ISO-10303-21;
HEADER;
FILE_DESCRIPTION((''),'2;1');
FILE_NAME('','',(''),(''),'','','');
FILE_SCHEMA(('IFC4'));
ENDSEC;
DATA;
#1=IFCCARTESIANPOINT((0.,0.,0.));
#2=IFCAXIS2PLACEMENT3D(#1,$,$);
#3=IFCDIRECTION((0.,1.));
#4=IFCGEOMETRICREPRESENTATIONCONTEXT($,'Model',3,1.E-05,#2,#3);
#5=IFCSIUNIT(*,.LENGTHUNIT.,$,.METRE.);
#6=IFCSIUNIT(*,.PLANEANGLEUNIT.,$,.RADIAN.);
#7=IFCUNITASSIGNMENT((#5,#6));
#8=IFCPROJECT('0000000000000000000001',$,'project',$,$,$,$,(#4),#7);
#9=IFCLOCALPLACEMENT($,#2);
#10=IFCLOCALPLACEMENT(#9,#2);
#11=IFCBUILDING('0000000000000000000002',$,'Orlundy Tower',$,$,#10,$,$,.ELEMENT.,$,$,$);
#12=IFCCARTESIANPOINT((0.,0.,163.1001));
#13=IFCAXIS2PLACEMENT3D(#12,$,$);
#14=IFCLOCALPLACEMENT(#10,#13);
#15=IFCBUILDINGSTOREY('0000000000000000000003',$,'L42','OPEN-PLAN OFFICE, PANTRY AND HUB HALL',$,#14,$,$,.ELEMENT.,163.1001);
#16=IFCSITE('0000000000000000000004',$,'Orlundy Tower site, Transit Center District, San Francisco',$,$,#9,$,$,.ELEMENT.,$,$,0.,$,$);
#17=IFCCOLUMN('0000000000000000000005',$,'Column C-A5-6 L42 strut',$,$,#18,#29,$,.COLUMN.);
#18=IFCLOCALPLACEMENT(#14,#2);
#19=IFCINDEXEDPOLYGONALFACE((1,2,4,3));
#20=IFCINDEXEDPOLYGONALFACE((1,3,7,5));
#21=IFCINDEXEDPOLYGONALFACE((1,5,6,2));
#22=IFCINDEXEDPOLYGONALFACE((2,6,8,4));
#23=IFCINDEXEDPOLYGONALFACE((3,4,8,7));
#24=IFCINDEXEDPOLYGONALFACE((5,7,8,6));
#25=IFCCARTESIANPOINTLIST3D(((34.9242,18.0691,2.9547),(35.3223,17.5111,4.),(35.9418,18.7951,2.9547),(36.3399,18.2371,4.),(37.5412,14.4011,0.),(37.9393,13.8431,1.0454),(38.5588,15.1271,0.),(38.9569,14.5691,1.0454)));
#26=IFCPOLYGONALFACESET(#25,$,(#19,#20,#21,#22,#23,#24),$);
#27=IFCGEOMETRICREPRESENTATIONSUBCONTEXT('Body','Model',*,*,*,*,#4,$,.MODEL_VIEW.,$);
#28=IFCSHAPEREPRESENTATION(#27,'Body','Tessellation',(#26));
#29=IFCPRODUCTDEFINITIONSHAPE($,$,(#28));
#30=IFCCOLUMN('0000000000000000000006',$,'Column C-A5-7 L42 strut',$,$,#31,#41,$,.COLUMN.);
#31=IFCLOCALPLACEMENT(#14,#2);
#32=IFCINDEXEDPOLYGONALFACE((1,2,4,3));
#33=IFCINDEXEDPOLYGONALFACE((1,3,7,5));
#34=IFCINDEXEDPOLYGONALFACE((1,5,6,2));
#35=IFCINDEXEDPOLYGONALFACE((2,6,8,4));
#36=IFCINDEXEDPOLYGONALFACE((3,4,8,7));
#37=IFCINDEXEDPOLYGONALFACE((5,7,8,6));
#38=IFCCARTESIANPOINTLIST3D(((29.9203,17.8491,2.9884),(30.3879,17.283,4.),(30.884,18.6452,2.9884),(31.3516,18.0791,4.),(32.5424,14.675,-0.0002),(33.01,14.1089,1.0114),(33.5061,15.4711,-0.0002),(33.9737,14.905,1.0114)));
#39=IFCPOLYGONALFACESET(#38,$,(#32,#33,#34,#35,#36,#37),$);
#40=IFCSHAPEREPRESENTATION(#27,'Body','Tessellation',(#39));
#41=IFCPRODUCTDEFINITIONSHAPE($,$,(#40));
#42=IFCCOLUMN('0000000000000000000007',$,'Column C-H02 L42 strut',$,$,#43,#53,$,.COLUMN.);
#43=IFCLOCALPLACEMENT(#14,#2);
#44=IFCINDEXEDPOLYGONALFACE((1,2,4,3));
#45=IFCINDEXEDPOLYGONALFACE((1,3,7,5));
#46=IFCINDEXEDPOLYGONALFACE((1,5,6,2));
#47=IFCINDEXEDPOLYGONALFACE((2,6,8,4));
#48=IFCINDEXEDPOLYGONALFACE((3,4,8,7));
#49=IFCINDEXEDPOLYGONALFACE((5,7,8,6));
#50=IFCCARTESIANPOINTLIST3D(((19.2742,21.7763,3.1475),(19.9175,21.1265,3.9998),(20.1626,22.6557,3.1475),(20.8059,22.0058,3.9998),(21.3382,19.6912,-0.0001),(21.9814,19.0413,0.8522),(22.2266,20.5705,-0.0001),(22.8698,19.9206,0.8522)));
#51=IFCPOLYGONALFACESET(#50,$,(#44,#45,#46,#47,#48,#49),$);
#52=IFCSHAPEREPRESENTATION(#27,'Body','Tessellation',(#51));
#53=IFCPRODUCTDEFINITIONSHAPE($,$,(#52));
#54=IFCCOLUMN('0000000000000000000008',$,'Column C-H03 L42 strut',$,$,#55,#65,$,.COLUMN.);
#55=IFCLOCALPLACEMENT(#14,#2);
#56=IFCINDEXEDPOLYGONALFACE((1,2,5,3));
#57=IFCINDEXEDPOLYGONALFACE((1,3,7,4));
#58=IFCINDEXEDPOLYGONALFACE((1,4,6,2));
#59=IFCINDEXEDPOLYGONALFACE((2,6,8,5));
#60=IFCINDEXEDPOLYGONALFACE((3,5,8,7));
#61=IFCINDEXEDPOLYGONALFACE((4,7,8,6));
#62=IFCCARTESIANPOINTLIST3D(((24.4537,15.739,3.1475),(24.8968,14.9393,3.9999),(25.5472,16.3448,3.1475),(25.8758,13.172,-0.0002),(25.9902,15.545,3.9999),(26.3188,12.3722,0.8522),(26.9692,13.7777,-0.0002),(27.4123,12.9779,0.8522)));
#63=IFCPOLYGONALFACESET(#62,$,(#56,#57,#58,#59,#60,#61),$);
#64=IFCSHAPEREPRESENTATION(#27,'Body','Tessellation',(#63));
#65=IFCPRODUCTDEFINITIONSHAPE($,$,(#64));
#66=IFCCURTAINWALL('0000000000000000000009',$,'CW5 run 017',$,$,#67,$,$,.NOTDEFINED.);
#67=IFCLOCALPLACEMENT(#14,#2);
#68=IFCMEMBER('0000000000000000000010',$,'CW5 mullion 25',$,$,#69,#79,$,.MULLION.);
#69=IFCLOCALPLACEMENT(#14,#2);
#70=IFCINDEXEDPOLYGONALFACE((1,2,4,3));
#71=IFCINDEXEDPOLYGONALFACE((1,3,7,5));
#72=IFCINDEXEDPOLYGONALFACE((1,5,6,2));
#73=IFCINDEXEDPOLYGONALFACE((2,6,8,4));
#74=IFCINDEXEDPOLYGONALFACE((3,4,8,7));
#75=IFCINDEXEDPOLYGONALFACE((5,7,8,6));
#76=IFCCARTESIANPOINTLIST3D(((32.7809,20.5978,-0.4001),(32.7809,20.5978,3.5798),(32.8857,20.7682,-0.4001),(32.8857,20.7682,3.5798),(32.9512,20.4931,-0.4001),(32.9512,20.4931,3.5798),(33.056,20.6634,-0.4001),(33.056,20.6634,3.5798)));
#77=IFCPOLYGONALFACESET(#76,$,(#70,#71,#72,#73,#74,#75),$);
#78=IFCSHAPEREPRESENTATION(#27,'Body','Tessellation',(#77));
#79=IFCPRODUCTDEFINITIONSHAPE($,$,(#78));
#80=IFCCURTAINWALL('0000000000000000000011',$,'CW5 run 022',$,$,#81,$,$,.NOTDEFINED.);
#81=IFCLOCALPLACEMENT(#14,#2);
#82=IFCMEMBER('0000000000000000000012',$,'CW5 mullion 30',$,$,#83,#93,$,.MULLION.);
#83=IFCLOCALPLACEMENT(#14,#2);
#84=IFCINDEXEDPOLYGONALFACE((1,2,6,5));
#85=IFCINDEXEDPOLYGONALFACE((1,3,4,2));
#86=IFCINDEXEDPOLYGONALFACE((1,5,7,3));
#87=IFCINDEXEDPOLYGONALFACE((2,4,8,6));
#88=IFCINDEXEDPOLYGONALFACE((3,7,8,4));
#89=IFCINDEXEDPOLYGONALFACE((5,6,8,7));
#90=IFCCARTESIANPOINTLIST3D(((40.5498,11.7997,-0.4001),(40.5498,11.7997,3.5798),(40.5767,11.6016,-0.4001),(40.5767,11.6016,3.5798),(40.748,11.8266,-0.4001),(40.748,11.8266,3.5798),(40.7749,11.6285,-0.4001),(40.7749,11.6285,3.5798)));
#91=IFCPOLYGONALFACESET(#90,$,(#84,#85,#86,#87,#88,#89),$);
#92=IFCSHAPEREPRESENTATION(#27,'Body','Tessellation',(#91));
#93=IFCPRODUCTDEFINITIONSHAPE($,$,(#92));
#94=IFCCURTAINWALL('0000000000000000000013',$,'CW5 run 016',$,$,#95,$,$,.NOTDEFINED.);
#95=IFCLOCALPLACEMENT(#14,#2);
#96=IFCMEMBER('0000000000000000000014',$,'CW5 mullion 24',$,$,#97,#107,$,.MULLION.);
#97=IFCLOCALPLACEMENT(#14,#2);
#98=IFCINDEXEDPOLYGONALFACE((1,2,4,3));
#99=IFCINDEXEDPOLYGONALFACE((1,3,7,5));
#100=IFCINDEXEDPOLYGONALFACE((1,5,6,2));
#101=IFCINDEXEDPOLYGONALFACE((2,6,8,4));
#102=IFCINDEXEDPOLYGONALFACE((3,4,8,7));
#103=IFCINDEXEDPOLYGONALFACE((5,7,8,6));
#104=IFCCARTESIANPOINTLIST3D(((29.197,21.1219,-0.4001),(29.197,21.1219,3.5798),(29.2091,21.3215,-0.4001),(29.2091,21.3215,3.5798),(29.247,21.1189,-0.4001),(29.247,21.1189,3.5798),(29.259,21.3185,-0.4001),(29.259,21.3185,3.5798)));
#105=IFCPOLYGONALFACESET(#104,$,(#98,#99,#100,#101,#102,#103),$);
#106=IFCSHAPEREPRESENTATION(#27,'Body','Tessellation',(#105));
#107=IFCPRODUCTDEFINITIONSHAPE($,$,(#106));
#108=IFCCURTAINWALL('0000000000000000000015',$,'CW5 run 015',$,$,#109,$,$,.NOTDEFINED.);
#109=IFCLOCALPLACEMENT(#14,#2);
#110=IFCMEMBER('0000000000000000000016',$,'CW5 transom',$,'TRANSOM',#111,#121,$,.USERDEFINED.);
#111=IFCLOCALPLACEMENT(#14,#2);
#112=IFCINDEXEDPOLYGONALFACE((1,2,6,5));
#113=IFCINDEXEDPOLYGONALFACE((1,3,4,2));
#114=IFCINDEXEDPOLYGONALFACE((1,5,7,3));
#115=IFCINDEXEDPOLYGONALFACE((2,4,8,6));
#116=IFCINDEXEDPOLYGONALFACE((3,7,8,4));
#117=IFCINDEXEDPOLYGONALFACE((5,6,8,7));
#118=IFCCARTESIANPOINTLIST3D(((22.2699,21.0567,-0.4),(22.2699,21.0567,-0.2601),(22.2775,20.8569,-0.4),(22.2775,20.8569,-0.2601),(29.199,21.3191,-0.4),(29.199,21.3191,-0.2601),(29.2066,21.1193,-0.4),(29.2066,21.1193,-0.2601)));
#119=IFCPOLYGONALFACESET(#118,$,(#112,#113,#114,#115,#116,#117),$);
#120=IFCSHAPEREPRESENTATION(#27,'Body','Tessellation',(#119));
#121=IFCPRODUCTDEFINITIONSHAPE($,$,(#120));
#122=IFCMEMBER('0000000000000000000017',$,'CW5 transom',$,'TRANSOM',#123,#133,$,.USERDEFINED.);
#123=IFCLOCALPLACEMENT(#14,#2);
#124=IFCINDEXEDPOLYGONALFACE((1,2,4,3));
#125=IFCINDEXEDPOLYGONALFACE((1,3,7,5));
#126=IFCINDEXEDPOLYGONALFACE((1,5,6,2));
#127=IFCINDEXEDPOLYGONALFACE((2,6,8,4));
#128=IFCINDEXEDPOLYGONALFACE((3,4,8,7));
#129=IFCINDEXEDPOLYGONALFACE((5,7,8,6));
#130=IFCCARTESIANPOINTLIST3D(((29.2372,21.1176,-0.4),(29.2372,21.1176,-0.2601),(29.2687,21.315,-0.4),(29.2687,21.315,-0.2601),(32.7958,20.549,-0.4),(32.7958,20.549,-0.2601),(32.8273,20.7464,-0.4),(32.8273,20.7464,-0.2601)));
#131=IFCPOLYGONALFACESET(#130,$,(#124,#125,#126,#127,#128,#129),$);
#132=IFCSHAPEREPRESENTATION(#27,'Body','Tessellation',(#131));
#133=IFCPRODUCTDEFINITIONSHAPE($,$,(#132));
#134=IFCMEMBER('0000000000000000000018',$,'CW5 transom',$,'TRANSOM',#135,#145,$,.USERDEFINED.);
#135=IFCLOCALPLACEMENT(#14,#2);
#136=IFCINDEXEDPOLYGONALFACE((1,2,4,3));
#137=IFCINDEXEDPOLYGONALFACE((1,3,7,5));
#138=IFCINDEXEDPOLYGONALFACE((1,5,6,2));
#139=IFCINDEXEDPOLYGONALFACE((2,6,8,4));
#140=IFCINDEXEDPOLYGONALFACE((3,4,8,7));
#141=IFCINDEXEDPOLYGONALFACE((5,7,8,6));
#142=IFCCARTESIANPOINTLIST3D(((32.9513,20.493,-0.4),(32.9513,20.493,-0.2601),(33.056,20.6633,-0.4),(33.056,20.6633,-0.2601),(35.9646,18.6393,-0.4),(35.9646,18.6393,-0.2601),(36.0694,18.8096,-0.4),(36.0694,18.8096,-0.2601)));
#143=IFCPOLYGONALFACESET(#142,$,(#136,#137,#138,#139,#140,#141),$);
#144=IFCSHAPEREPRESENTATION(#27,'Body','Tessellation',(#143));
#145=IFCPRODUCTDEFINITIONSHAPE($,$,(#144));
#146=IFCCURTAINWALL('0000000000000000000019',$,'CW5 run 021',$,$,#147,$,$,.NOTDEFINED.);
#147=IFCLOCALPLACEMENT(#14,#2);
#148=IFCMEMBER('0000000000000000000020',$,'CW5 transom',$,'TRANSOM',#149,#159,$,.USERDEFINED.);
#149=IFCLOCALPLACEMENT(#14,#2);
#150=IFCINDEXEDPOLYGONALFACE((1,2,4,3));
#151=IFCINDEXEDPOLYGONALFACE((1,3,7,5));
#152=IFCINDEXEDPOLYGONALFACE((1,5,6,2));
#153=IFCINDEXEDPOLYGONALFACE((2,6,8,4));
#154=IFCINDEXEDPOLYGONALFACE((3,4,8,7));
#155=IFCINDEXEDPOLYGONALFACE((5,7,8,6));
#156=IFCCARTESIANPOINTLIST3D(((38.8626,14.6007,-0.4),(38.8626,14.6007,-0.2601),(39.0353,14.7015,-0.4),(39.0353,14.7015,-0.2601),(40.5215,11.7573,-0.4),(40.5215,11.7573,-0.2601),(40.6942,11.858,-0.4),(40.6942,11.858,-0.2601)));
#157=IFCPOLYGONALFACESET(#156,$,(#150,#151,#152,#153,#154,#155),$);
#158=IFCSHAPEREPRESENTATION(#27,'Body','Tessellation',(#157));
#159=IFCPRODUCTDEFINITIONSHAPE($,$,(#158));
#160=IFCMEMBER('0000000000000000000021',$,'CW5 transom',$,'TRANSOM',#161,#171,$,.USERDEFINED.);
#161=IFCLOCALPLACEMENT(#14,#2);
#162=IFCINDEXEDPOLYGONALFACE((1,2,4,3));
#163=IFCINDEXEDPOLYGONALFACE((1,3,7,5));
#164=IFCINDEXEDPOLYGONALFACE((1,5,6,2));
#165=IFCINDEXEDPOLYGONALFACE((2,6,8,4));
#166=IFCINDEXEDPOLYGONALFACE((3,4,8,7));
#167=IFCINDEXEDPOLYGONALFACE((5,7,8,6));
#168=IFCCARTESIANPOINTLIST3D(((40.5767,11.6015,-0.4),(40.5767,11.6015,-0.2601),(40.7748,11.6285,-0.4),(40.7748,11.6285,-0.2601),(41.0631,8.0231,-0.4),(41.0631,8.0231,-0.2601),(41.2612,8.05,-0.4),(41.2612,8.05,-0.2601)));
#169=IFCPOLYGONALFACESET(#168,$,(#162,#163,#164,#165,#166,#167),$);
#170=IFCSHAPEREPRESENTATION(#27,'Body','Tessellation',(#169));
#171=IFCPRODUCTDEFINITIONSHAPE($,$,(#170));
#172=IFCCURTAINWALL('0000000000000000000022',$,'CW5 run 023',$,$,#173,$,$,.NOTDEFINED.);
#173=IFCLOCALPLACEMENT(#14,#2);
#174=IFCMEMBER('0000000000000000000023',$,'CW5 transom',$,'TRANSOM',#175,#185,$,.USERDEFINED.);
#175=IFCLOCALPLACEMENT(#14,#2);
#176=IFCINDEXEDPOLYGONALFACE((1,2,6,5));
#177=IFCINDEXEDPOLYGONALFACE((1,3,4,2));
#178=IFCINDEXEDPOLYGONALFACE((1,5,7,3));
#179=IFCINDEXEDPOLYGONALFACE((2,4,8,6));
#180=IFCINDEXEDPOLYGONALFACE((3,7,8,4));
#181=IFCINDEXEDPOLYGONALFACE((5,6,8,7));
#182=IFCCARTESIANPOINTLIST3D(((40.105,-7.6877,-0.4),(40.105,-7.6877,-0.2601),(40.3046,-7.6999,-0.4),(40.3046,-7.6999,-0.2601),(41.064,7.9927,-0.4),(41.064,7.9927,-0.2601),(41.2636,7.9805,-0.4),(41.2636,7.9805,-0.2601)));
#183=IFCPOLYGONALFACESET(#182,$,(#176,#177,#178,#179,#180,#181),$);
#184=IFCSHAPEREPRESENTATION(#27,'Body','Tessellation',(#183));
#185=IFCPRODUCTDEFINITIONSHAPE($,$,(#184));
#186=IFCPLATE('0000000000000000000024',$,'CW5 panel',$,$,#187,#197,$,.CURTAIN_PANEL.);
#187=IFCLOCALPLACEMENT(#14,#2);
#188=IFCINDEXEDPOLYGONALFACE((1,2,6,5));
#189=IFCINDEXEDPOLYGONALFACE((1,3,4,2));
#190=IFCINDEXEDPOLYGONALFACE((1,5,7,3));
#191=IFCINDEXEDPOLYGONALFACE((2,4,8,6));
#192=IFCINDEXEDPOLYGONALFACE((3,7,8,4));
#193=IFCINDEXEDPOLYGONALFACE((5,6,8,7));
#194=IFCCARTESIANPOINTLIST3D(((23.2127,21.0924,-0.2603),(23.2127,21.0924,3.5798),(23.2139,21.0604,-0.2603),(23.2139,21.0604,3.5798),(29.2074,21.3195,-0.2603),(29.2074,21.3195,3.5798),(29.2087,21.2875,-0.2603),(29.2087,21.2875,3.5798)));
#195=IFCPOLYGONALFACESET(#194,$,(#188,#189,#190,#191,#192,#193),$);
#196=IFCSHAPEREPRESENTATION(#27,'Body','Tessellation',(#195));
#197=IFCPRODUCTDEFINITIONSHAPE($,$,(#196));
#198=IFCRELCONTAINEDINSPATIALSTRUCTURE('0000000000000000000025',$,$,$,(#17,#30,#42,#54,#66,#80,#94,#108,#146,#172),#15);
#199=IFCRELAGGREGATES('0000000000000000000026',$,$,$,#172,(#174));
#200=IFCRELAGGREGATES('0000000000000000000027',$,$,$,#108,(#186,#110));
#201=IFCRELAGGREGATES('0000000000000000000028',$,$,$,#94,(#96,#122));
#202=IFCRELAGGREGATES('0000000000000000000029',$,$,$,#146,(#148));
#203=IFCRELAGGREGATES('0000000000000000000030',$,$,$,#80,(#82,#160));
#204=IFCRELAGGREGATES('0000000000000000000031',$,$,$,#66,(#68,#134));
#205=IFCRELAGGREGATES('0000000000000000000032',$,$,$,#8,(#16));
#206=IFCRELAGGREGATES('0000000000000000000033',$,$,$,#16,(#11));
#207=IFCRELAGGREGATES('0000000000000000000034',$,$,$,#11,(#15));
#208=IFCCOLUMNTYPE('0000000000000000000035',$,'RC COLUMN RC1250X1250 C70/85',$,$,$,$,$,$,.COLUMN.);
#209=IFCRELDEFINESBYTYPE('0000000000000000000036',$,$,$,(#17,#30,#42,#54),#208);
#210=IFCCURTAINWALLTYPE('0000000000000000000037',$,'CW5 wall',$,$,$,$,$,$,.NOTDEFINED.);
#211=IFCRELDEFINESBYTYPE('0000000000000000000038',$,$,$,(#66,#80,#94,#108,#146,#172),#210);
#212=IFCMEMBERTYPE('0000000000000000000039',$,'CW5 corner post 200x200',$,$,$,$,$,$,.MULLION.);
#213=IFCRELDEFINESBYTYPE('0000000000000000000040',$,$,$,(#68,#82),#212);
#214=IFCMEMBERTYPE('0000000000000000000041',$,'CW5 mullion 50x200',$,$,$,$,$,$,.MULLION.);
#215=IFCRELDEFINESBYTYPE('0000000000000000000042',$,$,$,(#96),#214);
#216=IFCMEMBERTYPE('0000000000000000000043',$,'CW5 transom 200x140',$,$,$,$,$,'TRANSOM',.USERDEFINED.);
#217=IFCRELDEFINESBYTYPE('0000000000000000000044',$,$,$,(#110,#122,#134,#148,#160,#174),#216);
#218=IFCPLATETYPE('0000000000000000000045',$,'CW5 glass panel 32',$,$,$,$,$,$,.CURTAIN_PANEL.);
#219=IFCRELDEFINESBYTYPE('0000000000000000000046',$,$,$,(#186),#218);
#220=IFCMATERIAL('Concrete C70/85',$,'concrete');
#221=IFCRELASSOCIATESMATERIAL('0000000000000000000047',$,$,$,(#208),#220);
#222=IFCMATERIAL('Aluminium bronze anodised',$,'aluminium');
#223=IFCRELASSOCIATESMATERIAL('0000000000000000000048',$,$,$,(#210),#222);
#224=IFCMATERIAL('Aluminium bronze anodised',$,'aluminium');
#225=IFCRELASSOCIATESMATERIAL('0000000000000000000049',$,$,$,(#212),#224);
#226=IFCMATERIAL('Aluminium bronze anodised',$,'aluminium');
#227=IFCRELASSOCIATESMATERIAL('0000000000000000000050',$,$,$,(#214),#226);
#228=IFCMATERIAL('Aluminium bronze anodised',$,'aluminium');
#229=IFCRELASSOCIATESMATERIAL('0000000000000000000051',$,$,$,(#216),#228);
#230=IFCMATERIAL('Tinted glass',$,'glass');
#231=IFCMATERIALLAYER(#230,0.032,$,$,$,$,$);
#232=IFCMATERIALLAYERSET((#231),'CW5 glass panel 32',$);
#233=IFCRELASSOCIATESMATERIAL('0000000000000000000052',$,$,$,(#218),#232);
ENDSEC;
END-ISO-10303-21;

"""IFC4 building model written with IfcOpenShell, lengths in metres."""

from ifc_helpers import new_model, si_unit, direction, frame, origin, origin_2d, place, context, subcontext, project, spatial, rectangle, extrude, material, layer, layer_set, material_profile, profile_set, type_object, element, aggregate, save


model = new_model("IFC4")

# Units and contexts
model_context = context("Model", 3, precision=1e-05, world=origin(), true_north=direction((0.0, 1.0)))
body_context = subcontext(model_context, "Body", "Model", "MODEL_VIEW")
ifc_project = project(units=[si_unit("LENGTHUNIT", "METRE"), si_unit("PLANEANGLEUNIT", "RADIAN")], contexts=[model_context])

# Site, building, storey
site_placement = place(None, origin())
site = spatial("IfcSite", under=ifc_project, at=site_placement, Name="Orlundy Tower site, Transit Center District, San Francisco", CompositionType="ELEMENT", RefElevation=0.0)
building_placement = place(site_placement, origin())
building = spatial("IfcBuilding", under=site, at=building_placement, Name="Orlundy Tower", CompositionType="ELEMENT")
storey_placement = place(building_placement, frame((0.0, 0.0, 163.1001)))
storey = spatial("IfcBuildingStorey", under=building, at=storey_placement, Name="L42", Description="OPEN-PLAN OFFICE, PANTRY AND HUB HALL", CompositionType="ELEMENT", Elevation=163.1001)

# Columns
ifc_material_1 = material(Name="Concrete C70/85", Category="concrete")
ifc_material_profile_1 = material_profile(ifc_material_1, rectangle(XDim=1.25, YDim=1.25, at=origin_2d()), Name="RC1250X1250")
ifc_profile_set_1 = profile_set([ifc_material_profile_1], Name="Concrete C70/85")
column_type = type_object("IfcColumnType", Name="RC COLUMN RC1250X1250 C70/85", PredefinedType="COLUMN", material=ifc_profile_set_1)
column_1_placement = place(storey_placement, frame((38.249, 14.4851, 0.5227), z_axis=(-0.485686, 0.680749, 0.548351), x_axis=(-0.814052, -0.580792, 0.0)))
element("IfcColumn", 1, at=column_1_placement, inside=storey, type_object=column_type, Name="Column C-A5-6 L42 strut", PredefinedType="COLUMN", context=body_context, shape_type="SweptSolid", body=[
    extrude(rectangle(XDim=1.25, YDim=1.25, at=origin_2d()), origin(), (0.0, 0.0, 1.0), 5.3882),
])
column_2_placement = place(storey_placement, frame((33.2581, 14.79, 0.5056), z_axis=(-0.515408, 0.623913, 0.587441), x_axis=(-0.77096, -0.636883, 0.0)))
element("IfcColumn", 2, at=column_2_placement, inside=storey, type_object=column_type, Name="Column C-A5-7 L42 strut", PredefinedType="COLUMN", context=body_context, shape_type="SweptSolid", body=[
    extrude(rectangle(XDim=1.25, YDim=1.25, at=origin_2d()), origin(), (0.0, 0.0, 1.0), 5.0874),
])
column_3_placement = place(storey_placement, frame((22.104, 19.8059, 0.426), z_axis=(-0.479654, 0.48459, 0.731509), x_axis=(-0.710717, -0.703478, 0.0)))
element("IfcColumn", 3, at=column_3_placement, inside=storey, type_object=column_type, Name="Column C-H02 L42 strut", PredefinedType="COLUMN", context=body_context, shape_type="SweptSolid", body=[
    extrude(rectangle(XDim=1.25, YDim=1.25, at=origin_2d()), origin(), (0.0, 0.0, 1.0), 4.303),
])
column_4_placement = place(storey_placement, frame((26.644, 13.075, 0.426), z_axis=(-0.330451, 0.596514, 0.731418), x_axis=(-0.874745, -0.484583, 0.0)))
element("IfcColumn", 4, at=column_4_placement, inside=storey, type_object=column_type, Name="Column C-H03 L42 strut", PredefinedType="COLUMN", context=body_context, shape_type="SweptSolid", body=[
    extrude(rectangle(XDim=1.25, YDim=1.25, at=origin_2d()), origin(), (0.0, 0.0, 1.0), 4.3035),
])

# Curtain walls, members
ifc_material_2 = material(Name="Aluminium bronze anodised", Category="aluminium")
curtain_wall_type = type_object("IfcCurtainWallType", Name="CW5 wall", PredefinedType="NOTDEFINED", material=ifc_material_2)
curtain_wall_1_placement = place(storey_placement, origin())
curtain_wall_1 = element("IfcCurtainWall", 5, at=curtain_wall_1_placement, inside=storey, type_object=curtain_wall_type, Name="CW5 run 017", PredefinedType="NOTDEFINED")
ifc_material_3 = material(Name="Aluminium bronze anodised", Category="aluminium")
ifc_material_profile_2 = material_profile(ifc_material_3, rectangle(XDim=0.2, YDim=0.2, at=origin_2d()), Name="CW5 corner post 200x200")
ifc_profile_set_2 = profile_set([ifc_material_profile_2], Name="Aluminium bronze anodised")
member_type_1 = type_object("IfcMemberType", Name="CW5 corner post 200x200", PredefinedType="MULLION", material=ifc_profile_set_2)
member_1_placement = place(storey_placement, frame((32.9185, 20.6306, -0.4001), z_axis=(0.0, 0.0, 1.0), x_axis=(0.523947, 0.851751, 0.0)))
member_1 = element("IfcMember", 6, at=member_1_placement, type_object=member_type_1, Name="CW5 mullion 25", PredefinedType="MULLION", context=body_context, shape_type="SweptSolid", body=[
    extrude(rectangle(XDim=0.2, YDim=0.2, at=origin_2d()), origin(), (0.0, 0.0, 1.0), 3.98),
])
curtain_wall_2_placement = place(storey_placement, origin())
curtain_wall_2 = element("IfcCurtainWall", 7, at=curtain_wall_2_placement, inside=storey, type_object=curtain_wall_type, Name="CW5 run 022", PredefinedType="NOTDEFINED")
member_2_placement = place(storey_placement, frame((40.6624, 11.7141, -0.4001), z_axis=(0.0, 0.0, 1.0), x_axis=(0.990897, 0.13462, 0.0)))
member_2 = element("IfcMember", 8, at=member_2_placement, type_object=member_type_1, Name="CW5 mullion 30", PredefinedType="MULLION", context=body_context, shape_type="SweptSolid", body=[
    extrude(rectangle(XDim=0.2, YDim=0.2, at=origin_2d()), origin(), (0.0, 0.0, 1.0), 3.98),
])
curtain_wall_3_placement = place(storey_placement, origin())
curtain_wall_3 = element("IfcCurtainWall", 9, at=curtain_wall_3_placement, inside=storey, type_object=curtain_wall_type, Name="CW5 run 016", PredefinedType="NOTDEFINED")
ifc_material_4 = material(Name="Aluminium bronze anodised", Category="aluminium")
ifc_material_profile_3 = material_profile(ifc_material_4, rectangle(XDim=0.2, YDim=0.05, at=origin_2d()), Name="CW5 mullion 50x200")
ifc_profile_set_3 = profile_set([ifc_material_profile_3], Name="Aluminium bronze anodised")
member_type_2 = type_object("IfcMemberType", Name="CW5 mullion 50x200", PredefinedType="MULLION", material=ifc_profile_set_3)
member_3_placement = place(storey_placement, frame((29.228, 21.2202, -0.4001), z_axis=(0.0, 0.0, 1.0), x_axis=(0.060255, 0.998183, 0.0)))
member_3 = element("IfcMember", 10, at=member_3_placement, type_object=member_type_2, Name="CW5 mullion 24", PredefinedType="MULLION", context=body_context, shape_type="SweptSolid", body=[
    extrude(rectangle(XDim=0.2, YDim=0.05, at=origin_2d()), origin(), (0.0, 0.0, 1.0), 3.98),
])
curtain_wall_4_placement = place(storey_placement, origin())
curtain_wall_4 = element("IfcCurtainWall", 11, at=curtain_wall_4_placement, inside=storey, type_object=curtain_wall_type, Name="CW5 run 015", PredefinedType="NOTDEFINED")
ifc_material_5 = material(Name="Aluminium bronze anodised", Category="aluminium")
ifc_material_profile_4 = material_profile(ifc_material_5, rectangle(XDim=0.2, YDim=0.1399, at=origin_2d()), Name="CW5 transom 200x140")
ifc_profile_set_4 = profile_set([ifc_material_profile_4], Name="Aluminium bronze anodised")
member_type_3 = type_object("IfcMemberType", Name="CW5 transom 200x140", ElementType="TRANSOM", PredefinedType="USERDEFINED", material=ifc_profile_set_4)
member_4_placement = place(storey_placement, frame((22.2737, 20.9568, -0.3301), z_axis=(0.999283, 0.037849, 0.0), x_axis=(-0.037849, 0.999283, 0.0)))
member_4 = element("IfcMember", 12, at=member_4_placement, type_object=member_type_3, Name="CW5 transom", ObjectType="TRANSOM", PredefinedType="USERDEFINED", context=body_context, shape_type="SweptSolid", body=[
    extrude(rectangle(XDim=0.2, YDim=0.1399, at=origin_2d()), origin(), (0.0, 0.0, 1.0), 6.9341),
])

# Members
member_5_placement = place(storey_placement, frame((29.2529, 21.2163, -0.3301), z_axis=(0.987474, -0.157782, 0.0), x_axis=(0.157782, 0.987474, 0.0)))
member_5 = element("IfcMember", 13, at=member_5_placement, type_object=member_type_3, Name="CW5 transom", ObjectType="TRANSOM", PredefinedType="USERDEFINED", context=body_context, shape_type="SweptSolid", body=[
    extrude(rectangle(XDim=0.2, YDim=0.1399, at=origin_2d()), origin(), (0.0, 0.0, 1.0), 3.6038),
])
member_6_placement = place(storey_placement, frame((33.0037, 20.5781, -0.3301), z_axis=(0.851741, -0.523963, 0.0), x_axis=(0.523963, 0.851741, 0.0)))
member_6 = element("IfcMember", 14, at=member_6_placement, type_object=member_type_3, Name="CW5 transom", ObjectType="TRANSOM", PredefinedType="USERDEFINED", context=body_context, shape_type="SweptSolid", body=[
    extrude(rectangle(XDim=0.2, YDim=0.1399, at=origin_2d()), origin(), (0.0, 0.0, 1.0), 3.5378),
])

# Curtain wall, member
curtain_wall_5_placement = place(storey_placement, origin())
curtain_wall_5 = element("IfcCurtainWall", 15, at=curtain_wall_5_placement, inside=storey, type_object=curtain_wall_type, Name="CW5 run 021", PredefinedType="NOTDEFINED")
member_7_placement = place(storey_placement, frame((38.949, 14.6511, -0.3301), z_axis=(0.503922, -0.863749, 0.0), x_axis=(0.863749, 0.503922, 0.0)))
member_7 = element("IfcMember", 16, at=member_7_placement, type_object=member_type_3, Name="CW5 transom", ObjectType="TRANSOM", PredefinedType="USERDEFINED", context=body_context, shape_type="SweptSolid", body=[
    extrude(rectangle(XDim=0.2, YDim=0.1399, at=origin_2d()), origin(), (0.0, 0.0, 1.0), 3.292),
])

# Member
member_8_placement = place(storey_placement, frame((40.6758, 11.615, -0.3301), z_axis=(0.13467, -0.990891, 0.0), x_axis=(0.990891, 0.13467, 0.0)))
member_8 = element("IfcMember", 17, at=member_8_placement, type_object=member_type_3, Name="CW5 transom", ObjectType="TRANSOM", PredefinedType="USERDEFINED", context=body_context, shape_type="SweptSolid", body=[
    extrude(rectangle(XDim=0.2, YDim=0.1399, at=origin_2d()), origin(), (0.0, 0.0, 1.0), 3.6113),
])

# Curtain wall, member
curtain_wall_6_placement = place(storey_placement, origin())
curtain_wall_6 = element("IfcCurtainWall", 18, at=curtain_wall_6_placement, inside=storey, type_object=curtain_wall_type, Name="CW5 run 023", PredefinedType="NOTDEFINED")
member_9_placement = place(storey_placement, frame((41.1638, 7.9866, -0.3301), z_axis=(-0.061044, -0.998135, 0.0), x_axis=(0.998135, -0.061044, 0.0)))
member_9 = element("IfcMember", 19, at=member_9_placement, type_object=member_type_3, Name="CW5 transom", ObjectType="TRANSOM", PredefinedType="USERDEFINED", context=body_context, shape_type="SweptSolid", body=[
    extrude(rectangle(XDim=0.2, YDim=0.1399, at=origin_2d()), origin(), (0.0, 0.0, 1.0), 15.7097),
])
aggregate(curtain_wall_6, [member_9])

# Plate
ifc_material_6 = material(Name="Tinted glass", Category="glass")
ifc_layer_1 = layer(ifc_material_6, 0.032)
ifc_layer_set_1 = layer_set([ifc_layer_1], Name="CW5 glass panel 32")
plate_type_1 = type_object("IfcPlateType", Name="CW5 glass panel 32", PredefinedType="CURTAIN_PANEL", material=ifc_layer_set_1)
plate_1_placement = place(storey_placement, frame((26.2107, 21.1899, -0.2603), z_axis=(0.0, 0.0, 1.0), x_axis=(0.999283, 0.03786, 0.0)))
plate_1 = element("IfcPlate", 20, at=plate_1_placement, type_object=plate_type_1, Name="CW5 panel", PredefinedType="CURTAIN_PANEL", context=body_context, shape_type="SweptSolid", body=[
    extrude(rectangle(XDim=5.999, YDim=0.032, at=origin_2d()), origin(), (0.0, 0.0, 1.0), 3.8401),
])
aggregate(curtain_wall_4, [plate_1, member_4])
aggregate(curtain_wall_3, [member_3, member_5])
aggregate(curtain_wall_5, [member_7])
aggregate(curtain_wall_2, [member_2, member_8])

aggregate(curtain_wall_1, [member_1, member_6])

save(model, "model.ifc")
